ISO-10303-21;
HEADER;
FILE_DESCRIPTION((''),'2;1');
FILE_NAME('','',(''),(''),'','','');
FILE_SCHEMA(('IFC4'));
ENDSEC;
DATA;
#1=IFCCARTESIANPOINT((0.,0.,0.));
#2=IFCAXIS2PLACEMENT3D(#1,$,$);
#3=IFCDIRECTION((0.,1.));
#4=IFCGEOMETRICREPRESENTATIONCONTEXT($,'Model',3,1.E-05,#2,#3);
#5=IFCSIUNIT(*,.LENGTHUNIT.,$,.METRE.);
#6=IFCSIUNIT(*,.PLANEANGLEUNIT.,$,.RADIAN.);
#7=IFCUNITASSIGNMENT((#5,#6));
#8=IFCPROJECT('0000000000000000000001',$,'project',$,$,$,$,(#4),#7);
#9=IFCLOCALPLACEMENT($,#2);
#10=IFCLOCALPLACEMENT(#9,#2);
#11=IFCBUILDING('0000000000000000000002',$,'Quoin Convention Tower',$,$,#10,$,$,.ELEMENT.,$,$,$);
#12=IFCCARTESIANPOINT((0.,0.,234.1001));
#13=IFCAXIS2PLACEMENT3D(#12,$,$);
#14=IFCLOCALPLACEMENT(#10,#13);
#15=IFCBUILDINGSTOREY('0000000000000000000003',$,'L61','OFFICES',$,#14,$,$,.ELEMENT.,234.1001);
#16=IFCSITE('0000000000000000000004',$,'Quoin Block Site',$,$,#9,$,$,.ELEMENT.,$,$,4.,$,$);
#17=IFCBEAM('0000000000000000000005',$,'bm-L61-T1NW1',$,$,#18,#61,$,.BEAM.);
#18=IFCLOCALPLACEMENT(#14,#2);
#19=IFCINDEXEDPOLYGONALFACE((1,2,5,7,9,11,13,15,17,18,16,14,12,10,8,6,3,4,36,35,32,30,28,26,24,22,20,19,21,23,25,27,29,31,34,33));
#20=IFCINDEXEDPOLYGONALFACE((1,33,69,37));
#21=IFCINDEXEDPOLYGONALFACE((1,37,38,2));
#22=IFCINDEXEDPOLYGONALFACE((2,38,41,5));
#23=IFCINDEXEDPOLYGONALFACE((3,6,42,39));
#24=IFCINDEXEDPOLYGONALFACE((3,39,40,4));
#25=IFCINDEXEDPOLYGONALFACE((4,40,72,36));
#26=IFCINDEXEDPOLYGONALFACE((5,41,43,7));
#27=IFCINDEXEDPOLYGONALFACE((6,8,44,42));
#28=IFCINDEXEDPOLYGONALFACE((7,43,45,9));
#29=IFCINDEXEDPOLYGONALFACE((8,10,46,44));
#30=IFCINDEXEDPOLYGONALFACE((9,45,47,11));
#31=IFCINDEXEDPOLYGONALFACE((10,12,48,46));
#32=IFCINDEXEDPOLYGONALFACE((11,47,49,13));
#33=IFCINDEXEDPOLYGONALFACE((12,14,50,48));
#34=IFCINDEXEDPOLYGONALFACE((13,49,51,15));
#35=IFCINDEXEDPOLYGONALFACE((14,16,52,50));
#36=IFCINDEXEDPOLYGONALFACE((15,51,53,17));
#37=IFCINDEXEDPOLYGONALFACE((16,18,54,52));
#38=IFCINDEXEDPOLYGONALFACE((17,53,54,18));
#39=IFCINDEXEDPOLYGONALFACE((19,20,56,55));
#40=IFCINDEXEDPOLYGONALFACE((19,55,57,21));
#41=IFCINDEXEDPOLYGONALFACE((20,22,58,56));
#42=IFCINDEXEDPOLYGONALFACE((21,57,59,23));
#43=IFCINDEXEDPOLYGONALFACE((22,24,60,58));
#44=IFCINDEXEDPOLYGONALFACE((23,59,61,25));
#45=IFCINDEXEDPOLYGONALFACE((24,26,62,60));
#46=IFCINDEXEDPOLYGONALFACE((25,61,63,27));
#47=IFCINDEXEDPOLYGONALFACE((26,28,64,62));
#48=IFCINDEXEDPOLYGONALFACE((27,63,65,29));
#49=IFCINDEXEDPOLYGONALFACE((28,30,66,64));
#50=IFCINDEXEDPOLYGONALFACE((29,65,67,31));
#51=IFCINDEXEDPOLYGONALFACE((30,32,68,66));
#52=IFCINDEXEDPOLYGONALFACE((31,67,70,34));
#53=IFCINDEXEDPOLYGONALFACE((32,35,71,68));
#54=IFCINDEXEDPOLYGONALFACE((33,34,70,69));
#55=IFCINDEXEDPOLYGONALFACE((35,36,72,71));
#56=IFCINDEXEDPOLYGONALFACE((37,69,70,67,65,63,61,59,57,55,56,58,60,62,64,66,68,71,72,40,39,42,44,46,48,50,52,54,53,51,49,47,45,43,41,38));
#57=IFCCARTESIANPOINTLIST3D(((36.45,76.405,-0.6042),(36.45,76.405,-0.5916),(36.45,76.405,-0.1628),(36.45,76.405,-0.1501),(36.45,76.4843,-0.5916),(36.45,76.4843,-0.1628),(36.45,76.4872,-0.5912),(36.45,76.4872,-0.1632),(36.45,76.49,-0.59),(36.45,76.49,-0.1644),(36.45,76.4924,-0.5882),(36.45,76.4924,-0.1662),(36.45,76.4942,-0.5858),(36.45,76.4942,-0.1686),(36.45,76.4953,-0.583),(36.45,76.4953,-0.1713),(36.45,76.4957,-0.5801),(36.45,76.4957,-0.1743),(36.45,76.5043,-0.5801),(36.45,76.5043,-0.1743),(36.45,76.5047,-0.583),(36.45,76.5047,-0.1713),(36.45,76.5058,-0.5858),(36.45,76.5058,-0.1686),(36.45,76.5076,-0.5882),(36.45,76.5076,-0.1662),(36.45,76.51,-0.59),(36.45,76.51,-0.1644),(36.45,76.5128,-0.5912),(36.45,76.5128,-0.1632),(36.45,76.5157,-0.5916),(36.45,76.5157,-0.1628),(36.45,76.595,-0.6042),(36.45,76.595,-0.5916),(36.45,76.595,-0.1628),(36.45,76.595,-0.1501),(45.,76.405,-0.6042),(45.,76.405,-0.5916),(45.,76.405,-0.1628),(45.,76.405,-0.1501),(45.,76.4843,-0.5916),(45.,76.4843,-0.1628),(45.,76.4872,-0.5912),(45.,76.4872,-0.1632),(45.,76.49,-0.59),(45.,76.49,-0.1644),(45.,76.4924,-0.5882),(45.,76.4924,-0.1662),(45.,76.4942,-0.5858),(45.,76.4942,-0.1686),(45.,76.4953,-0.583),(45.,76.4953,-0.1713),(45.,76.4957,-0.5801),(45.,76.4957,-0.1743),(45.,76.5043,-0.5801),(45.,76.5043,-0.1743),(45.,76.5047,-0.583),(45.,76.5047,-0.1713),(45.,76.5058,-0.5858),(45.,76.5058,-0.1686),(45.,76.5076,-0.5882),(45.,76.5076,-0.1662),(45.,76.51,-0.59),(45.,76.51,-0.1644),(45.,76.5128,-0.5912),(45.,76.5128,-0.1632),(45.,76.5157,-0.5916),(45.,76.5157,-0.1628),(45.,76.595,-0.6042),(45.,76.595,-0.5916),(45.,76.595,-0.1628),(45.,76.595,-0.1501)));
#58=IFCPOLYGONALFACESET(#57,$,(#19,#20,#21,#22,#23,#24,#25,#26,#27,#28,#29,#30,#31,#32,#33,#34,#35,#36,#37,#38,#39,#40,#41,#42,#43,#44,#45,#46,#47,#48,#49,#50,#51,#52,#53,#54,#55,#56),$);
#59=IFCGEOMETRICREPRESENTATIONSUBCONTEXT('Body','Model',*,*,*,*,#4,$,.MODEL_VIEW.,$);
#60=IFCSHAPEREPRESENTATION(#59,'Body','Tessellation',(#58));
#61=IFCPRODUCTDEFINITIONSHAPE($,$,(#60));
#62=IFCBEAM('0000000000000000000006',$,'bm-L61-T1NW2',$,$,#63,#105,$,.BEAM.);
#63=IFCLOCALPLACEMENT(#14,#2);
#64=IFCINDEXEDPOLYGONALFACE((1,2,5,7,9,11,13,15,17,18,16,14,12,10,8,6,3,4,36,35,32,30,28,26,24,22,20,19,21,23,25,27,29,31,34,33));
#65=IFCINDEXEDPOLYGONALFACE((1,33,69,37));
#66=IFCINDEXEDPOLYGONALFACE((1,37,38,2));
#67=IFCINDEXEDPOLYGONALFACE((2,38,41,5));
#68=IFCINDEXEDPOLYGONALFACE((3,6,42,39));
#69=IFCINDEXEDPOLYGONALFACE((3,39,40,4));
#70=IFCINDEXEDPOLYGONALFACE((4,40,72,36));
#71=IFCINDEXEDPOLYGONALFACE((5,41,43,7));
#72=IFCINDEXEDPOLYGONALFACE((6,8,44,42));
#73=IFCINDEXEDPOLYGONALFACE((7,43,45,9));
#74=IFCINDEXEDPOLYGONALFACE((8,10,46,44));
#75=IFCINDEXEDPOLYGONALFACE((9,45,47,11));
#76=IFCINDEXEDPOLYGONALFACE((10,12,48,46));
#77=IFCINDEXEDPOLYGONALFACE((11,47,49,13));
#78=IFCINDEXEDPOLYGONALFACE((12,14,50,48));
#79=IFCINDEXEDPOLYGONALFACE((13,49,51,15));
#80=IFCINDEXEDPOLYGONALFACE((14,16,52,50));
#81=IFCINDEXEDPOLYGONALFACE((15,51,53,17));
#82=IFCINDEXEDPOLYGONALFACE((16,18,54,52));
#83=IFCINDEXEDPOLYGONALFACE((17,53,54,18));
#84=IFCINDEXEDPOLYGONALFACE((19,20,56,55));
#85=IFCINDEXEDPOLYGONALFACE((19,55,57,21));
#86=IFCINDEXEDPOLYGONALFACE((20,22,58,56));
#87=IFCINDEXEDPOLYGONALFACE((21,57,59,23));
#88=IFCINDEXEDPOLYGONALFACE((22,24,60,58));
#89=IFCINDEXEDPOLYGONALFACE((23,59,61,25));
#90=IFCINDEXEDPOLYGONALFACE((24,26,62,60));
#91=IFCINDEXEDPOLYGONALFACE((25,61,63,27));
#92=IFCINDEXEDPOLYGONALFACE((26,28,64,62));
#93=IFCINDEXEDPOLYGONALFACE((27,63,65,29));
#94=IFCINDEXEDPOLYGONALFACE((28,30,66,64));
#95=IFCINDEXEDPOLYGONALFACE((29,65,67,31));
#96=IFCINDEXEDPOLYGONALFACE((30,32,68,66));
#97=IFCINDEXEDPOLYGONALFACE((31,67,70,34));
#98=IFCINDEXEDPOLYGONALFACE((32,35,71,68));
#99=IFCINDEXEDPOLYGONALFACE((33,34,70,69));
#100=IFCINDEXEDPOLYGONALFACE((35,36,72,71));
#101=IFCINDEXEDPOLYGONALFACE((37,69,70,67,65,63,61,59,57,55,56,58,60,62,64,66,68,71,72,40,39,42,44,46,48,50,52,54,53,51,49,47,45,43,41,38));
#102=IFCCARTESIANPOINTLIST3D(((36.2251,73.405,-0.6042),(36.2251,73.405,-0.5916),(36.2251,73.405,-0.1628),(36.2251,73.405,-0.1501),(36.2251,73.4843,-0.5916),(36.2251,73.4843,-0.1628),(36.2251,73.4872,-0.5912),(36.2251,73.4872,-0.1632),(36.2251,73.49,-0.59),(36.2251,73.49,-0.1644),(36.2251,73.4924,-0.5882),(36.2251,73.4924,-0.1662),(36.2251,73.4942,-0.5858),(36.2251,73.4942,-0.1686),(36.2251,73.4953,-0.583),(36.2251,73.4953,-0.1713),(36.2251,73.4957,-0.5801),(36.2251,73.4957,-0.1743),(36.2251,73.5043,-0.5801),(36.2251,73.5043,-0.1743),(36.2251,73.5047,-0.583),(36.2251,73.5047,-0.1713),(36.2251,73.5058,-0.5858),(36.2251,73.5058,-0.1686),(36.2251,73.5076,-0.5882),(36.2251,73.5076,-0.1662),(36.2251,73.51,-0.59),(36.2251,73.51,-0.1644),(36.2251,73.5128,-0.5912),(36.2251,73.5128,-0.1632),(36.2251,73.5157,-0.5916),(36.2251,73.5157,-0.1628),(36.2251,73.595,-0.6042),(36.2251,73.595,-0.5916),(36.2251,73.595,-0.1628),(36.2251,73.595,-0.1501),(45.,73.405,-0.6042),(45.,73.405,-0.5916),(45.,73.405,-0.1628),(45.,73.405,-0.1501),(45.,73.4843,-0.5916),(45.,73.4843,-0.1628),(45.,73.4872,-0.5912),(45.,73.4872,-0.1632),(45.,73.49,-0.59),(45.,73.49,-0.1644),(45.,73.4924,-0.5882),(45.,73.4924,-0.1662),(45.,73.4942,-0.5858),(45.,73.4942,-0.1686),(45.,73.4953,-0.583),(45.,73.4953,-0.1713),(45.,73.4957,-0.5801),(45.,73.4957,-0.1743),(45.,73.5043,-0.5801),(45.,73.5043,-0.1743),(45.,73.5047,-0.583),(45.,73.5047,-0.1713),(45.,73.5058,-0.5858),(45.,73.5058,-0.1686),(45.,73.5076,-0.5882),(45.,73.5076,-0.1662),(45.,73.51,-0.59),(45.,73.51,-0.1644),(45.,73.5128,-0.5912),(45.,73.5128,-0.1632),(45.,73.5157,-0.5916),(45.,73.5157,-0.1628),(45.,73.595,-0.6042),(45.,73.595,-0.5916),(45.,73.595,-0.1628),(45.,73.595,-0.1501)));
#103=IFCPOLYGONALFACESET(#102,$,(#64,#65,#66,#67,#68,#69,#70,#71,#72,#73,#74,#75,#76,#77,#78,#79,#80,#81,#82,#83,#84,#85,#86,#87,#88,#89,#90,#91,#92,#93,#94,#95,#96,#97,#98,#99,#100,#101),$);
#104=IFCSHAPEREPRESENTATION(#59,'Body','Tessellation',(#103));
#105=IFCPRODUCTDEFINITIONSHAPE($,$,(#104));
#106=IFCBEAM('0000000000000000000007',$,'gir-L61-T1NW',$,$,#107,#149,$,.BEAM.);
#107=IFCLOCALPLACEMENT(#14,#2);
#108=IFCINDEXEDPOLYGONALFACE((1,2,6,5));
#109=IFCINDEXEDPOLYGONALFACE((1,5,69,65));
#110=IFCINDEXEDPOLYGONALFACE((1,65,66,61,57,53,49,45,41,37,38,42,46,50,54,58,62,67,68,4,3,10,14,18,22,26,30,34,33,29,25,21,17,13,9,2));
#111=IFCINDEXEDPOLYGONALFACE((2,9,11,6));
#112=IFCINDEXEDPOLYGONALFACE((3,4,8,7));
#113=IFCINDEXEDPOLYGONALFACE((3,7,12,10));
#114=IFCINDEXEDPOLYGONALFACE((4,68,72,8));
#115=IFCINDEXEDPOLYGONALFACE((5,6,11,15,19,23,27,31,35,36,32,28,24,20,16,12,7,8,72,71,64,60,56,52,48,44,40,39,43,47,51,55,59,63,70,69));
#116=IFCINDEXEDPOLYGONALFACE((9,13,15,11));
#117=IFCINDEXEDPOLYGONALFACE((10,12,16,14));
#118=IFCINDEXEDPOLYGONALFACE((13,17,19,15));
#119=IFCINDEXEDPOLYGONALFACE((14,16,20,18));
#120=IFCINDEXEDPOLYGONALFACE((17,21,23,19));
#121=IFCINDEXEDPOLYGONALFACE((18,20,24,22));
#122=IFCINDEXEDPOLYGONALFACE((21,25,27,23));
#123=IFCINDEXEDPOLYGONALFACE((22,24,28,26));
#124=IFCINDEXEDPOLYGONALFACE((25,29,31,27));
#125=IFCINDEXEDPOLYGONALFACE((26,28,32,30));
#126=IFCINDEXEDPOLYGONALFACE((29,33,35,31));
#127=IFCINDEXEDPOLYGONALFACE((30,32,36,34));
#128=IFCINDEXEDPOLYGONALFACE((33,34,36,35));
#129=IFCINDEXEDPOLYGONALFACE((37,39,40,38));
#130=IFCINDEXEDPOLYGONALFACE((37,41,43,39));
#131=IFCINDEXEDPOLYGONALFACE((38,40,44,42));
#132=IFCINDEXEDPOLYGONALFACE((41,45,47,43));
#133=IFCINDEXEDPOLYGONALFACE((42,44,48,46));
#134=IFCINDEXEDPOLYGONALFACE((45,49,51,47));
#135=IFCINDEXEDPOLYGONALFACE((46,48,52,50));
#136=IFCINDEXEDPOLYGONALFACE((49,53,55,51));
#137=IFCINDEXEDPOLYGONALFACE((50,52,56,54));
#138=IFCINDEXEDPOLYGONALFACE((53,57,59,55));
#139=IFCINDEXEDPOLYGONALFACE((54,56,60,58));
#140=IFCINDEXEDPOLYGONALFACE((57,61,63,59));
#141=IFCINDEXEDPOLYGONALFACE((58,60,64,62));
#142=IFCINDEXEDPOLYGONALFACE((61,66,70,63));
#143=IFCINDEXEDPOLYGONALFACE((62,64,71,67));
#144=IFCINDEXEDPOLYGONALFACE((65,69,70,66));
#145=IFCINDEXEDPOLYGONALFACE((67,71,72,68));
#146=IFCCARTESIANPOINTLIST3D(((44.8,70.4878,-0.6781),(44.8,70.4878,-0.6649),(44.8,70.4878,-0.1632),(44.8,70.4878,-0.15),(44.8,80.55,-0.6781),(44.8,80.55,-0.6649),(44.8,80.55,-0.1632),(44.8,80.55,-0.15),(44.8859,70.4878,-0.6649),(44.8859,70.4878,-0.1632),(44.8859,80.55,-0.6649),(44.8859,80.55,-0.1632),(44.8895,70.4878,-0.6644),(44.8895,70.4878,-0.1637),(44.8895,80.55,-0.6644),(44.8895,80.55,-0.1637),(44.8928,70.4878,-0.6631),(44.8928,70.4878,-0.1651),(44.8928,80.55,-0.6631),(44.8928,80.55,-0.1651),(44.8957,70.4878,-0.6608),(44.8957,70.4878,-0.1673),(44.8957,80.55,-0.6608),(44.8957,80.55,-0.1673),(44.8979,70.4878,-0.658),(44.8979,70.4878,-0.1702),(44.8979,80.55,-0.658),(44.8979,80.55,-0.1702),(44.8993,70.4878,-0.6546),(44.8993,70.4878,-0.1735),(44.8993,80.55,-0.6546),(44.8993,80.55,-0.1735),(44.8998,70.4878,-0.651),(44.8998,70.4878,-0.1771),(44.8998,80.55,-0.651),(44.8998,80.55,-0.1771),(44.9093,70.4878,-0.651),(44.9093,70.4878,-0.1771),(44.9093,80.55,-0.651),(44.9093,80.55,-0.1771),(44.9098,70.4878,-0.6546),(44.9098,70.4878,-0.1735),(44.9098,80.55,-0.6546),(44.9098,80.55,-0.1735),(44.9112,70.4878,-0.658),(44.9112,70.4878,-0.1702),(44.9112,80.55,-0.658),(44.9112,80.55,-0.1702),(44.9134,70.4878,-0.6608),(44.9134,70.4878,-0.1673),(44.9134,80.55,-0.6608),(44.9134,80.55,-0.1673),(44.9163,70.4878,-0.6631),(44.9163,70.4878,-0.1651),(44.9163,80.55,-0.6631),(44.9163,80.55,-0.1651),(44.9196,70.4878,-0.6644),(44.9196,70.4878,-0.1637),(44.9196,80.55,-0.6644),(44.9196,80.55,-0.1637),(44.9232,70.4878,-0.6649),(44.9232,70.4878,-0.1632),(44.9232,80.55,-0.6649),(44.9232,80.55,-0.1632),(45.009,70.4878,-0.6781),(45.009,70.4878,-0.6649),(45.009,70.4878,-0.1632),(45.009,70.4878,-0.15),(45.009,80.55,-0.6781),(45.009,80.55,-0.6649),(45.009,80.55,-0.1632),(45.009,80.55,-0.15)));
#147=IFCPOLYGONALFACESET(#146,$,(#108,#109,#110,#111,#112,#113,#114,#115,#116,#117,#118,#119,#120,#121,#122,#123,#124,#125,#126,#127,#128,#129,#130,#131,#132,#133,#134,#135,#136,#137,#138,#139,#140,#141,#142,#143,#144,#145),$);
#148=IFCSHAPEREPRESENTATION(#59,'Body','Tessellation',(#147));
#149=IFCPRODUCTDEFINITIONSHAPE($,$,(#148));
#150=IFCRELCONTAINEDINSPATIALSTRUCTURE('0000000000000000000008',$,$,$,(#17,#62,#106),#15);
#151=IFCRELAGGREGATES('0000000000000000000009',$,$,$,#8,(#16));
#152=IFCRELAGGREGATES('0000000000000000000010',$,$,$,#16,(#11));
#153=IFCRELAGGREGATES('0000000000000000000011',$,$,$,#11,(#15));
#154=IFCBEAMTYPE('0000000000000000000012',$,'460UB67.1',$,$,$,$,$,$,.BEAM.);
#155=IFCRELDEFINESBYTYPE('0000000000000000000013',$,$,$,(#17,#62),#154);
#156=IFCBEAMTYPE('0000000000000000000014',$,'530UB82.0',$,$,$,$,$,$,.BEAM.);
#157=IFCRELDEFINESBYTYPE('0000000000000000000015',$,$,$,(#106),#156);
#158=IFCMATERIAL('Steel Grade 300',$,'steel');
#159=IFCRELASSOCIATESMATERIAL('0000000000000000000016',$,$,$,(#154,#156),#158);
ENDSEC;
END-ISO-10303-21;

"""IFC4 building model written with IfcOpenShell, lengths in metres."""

from ifc_helpers import new_model, si_unit, direction, frame, origin, origin_2d, place, context, subcontext, project, spatial, i_section, extrude, material, material_profile, profile_set, type_object, element, save


model = new_model("IFC4")

# Units and contexts
model_context = context("Model", 3, precision=1e-05, world=origin(), true_north=direction((0.0, 1.0)))
body_context = subcontext(model_context, "Body", "Model", "MODEL_VIEW")
ifc_project = project(units=[si_unit("LENGTHUNIT", "METRE"), si_unit("PLANEANGLEUNIT", "RADIAN")], contexts=[model_context])

# Site, building, storey
site_placement = place(None, origin())
site = spatial("IfcSite", under=ifc_project, at=site_placement, Name="Quoin Block Site", CompositionType="ELEMENT", RefElevation=4.0)
building_placement = place(site_placement, origin())
building = spatial("IfcBuilding", under=site, at=building_placement, Name="Quoin Convention Tower", CompositionType="ELEMENT")
storey_placement = place(building_placement, frame((0.0, 0.0, 234.1001)))
storey = spatial("IfcBuildingStorey", under=building, at=storey_placement, Name="L61", Description="OFFICES", CompositionType="ELEMENT", Elevation=234.1001)

# Beams
ifc_material_1 = material(Name="Steel Grade 300", Category="steel")
ifc_material_profile_1 = material_profile(ifc_material_1, i_section(OverallWidth=0.1899, OverallDepth=0.4541, WebThickness=0.0085, FlangeThickness=0.0127, FilletRadius=0.0115, at=origin_2d()), Name="460UB67.1")
ifc_profile_set_1 = profile_set([ifc_material_profile_1], Name="Steel Grade 300")
beam_type_1 = type_object("IfcBeamType", Name="460UB67.1", PredefinedType="BEAM", material=ifc_profile_set_1)
beam_1_placement = place(storey_placement, frame((36.45, 76.5, -0.3772), z_axis=(1.0, 0.0, 0.0), x_axis=(0.0, 1.0, 0.0)))
element("IfcBeam", 1, at=beam_1_placement, inside=storey, type_object=beam_type_1, Name="bm-L61-T1NW1", PredefinedType="BEAM", context=body_context, shape_type="SweptSolid", body=[
    extrude(i_section(OverallWidth=0.1899, OverallDepth=0.4541, WebThickness=0.0085, FlangeThickness=0.0127, FilletRadius=0.0115, at=origin_2d()), origin(), (0.0, 0.0, 1.0), 8.55),
])
beam_2_placement = place(storey_placement, frame((36.2251, 73.5, -0.3772), z_axis=(1.0, 0.0, 0.0), x_axis=(0.0, 1.0, 0.0)))
element("IfcBeam", 2, at=beam_2_placement, inside=storey, type_object=beam_type_1, Name="bm-L61-T1NW2", PredefinedType="BEAM", context=body_context, shape_type="SweptSolid", body=[
    extrude(i_section(OverallWidth=0.1899, OverallDepth=0.4541, WebThickness=0.0085, FlangeThickness=0.0127, FilletRadius=0.0115, at=origin_2d()), origin(), (0.0, 0.0, 1.0), 8.7749),
])
ifc_material_profile_2 = material_profile(ifc_material_1, i_section(OverallWidth=0.209, OverallDepth=0.5281, WebThickness=0.0095, FlangeThickness=0.0132, FilletRadius=0.0139, at=origin_2d()), Name="530UB82.0")
ifc_profile_set_2 = profile_set([ifc_material_profile_2], Name="Steel Grade 300")
beam_type_2 = type_object("IfcBeamType", Name="530UB82.0", PredefinedType="BEAM", material=ifc_profile_set_2)
beam_3_placement = place(storey_placement, frame((44.9045, 80.55, -0.4141), z_axis=(0.0, -1.0, 0.0), x_axis=(1.0, 0.0, 0.0)))
element("IfcBeam", 3, at=beam_3_placement, inside=storey, type_object=beam_type_2, Name="gir-L61-T1NW", PredefinedType="BEAM", context=body_context, shape_type="SweptSolid", body=[
    extrude(i_section(OverallWidth=0.209, OverallDepth=0.5281, WebThickness=0.0095, FlangeThickness=0.0132, FilletRadius=0.0139, at=origin_2d()), origin(), (0.0, 0.0, 1.0), 10.0623),
])

save(model, "model.ifc")
